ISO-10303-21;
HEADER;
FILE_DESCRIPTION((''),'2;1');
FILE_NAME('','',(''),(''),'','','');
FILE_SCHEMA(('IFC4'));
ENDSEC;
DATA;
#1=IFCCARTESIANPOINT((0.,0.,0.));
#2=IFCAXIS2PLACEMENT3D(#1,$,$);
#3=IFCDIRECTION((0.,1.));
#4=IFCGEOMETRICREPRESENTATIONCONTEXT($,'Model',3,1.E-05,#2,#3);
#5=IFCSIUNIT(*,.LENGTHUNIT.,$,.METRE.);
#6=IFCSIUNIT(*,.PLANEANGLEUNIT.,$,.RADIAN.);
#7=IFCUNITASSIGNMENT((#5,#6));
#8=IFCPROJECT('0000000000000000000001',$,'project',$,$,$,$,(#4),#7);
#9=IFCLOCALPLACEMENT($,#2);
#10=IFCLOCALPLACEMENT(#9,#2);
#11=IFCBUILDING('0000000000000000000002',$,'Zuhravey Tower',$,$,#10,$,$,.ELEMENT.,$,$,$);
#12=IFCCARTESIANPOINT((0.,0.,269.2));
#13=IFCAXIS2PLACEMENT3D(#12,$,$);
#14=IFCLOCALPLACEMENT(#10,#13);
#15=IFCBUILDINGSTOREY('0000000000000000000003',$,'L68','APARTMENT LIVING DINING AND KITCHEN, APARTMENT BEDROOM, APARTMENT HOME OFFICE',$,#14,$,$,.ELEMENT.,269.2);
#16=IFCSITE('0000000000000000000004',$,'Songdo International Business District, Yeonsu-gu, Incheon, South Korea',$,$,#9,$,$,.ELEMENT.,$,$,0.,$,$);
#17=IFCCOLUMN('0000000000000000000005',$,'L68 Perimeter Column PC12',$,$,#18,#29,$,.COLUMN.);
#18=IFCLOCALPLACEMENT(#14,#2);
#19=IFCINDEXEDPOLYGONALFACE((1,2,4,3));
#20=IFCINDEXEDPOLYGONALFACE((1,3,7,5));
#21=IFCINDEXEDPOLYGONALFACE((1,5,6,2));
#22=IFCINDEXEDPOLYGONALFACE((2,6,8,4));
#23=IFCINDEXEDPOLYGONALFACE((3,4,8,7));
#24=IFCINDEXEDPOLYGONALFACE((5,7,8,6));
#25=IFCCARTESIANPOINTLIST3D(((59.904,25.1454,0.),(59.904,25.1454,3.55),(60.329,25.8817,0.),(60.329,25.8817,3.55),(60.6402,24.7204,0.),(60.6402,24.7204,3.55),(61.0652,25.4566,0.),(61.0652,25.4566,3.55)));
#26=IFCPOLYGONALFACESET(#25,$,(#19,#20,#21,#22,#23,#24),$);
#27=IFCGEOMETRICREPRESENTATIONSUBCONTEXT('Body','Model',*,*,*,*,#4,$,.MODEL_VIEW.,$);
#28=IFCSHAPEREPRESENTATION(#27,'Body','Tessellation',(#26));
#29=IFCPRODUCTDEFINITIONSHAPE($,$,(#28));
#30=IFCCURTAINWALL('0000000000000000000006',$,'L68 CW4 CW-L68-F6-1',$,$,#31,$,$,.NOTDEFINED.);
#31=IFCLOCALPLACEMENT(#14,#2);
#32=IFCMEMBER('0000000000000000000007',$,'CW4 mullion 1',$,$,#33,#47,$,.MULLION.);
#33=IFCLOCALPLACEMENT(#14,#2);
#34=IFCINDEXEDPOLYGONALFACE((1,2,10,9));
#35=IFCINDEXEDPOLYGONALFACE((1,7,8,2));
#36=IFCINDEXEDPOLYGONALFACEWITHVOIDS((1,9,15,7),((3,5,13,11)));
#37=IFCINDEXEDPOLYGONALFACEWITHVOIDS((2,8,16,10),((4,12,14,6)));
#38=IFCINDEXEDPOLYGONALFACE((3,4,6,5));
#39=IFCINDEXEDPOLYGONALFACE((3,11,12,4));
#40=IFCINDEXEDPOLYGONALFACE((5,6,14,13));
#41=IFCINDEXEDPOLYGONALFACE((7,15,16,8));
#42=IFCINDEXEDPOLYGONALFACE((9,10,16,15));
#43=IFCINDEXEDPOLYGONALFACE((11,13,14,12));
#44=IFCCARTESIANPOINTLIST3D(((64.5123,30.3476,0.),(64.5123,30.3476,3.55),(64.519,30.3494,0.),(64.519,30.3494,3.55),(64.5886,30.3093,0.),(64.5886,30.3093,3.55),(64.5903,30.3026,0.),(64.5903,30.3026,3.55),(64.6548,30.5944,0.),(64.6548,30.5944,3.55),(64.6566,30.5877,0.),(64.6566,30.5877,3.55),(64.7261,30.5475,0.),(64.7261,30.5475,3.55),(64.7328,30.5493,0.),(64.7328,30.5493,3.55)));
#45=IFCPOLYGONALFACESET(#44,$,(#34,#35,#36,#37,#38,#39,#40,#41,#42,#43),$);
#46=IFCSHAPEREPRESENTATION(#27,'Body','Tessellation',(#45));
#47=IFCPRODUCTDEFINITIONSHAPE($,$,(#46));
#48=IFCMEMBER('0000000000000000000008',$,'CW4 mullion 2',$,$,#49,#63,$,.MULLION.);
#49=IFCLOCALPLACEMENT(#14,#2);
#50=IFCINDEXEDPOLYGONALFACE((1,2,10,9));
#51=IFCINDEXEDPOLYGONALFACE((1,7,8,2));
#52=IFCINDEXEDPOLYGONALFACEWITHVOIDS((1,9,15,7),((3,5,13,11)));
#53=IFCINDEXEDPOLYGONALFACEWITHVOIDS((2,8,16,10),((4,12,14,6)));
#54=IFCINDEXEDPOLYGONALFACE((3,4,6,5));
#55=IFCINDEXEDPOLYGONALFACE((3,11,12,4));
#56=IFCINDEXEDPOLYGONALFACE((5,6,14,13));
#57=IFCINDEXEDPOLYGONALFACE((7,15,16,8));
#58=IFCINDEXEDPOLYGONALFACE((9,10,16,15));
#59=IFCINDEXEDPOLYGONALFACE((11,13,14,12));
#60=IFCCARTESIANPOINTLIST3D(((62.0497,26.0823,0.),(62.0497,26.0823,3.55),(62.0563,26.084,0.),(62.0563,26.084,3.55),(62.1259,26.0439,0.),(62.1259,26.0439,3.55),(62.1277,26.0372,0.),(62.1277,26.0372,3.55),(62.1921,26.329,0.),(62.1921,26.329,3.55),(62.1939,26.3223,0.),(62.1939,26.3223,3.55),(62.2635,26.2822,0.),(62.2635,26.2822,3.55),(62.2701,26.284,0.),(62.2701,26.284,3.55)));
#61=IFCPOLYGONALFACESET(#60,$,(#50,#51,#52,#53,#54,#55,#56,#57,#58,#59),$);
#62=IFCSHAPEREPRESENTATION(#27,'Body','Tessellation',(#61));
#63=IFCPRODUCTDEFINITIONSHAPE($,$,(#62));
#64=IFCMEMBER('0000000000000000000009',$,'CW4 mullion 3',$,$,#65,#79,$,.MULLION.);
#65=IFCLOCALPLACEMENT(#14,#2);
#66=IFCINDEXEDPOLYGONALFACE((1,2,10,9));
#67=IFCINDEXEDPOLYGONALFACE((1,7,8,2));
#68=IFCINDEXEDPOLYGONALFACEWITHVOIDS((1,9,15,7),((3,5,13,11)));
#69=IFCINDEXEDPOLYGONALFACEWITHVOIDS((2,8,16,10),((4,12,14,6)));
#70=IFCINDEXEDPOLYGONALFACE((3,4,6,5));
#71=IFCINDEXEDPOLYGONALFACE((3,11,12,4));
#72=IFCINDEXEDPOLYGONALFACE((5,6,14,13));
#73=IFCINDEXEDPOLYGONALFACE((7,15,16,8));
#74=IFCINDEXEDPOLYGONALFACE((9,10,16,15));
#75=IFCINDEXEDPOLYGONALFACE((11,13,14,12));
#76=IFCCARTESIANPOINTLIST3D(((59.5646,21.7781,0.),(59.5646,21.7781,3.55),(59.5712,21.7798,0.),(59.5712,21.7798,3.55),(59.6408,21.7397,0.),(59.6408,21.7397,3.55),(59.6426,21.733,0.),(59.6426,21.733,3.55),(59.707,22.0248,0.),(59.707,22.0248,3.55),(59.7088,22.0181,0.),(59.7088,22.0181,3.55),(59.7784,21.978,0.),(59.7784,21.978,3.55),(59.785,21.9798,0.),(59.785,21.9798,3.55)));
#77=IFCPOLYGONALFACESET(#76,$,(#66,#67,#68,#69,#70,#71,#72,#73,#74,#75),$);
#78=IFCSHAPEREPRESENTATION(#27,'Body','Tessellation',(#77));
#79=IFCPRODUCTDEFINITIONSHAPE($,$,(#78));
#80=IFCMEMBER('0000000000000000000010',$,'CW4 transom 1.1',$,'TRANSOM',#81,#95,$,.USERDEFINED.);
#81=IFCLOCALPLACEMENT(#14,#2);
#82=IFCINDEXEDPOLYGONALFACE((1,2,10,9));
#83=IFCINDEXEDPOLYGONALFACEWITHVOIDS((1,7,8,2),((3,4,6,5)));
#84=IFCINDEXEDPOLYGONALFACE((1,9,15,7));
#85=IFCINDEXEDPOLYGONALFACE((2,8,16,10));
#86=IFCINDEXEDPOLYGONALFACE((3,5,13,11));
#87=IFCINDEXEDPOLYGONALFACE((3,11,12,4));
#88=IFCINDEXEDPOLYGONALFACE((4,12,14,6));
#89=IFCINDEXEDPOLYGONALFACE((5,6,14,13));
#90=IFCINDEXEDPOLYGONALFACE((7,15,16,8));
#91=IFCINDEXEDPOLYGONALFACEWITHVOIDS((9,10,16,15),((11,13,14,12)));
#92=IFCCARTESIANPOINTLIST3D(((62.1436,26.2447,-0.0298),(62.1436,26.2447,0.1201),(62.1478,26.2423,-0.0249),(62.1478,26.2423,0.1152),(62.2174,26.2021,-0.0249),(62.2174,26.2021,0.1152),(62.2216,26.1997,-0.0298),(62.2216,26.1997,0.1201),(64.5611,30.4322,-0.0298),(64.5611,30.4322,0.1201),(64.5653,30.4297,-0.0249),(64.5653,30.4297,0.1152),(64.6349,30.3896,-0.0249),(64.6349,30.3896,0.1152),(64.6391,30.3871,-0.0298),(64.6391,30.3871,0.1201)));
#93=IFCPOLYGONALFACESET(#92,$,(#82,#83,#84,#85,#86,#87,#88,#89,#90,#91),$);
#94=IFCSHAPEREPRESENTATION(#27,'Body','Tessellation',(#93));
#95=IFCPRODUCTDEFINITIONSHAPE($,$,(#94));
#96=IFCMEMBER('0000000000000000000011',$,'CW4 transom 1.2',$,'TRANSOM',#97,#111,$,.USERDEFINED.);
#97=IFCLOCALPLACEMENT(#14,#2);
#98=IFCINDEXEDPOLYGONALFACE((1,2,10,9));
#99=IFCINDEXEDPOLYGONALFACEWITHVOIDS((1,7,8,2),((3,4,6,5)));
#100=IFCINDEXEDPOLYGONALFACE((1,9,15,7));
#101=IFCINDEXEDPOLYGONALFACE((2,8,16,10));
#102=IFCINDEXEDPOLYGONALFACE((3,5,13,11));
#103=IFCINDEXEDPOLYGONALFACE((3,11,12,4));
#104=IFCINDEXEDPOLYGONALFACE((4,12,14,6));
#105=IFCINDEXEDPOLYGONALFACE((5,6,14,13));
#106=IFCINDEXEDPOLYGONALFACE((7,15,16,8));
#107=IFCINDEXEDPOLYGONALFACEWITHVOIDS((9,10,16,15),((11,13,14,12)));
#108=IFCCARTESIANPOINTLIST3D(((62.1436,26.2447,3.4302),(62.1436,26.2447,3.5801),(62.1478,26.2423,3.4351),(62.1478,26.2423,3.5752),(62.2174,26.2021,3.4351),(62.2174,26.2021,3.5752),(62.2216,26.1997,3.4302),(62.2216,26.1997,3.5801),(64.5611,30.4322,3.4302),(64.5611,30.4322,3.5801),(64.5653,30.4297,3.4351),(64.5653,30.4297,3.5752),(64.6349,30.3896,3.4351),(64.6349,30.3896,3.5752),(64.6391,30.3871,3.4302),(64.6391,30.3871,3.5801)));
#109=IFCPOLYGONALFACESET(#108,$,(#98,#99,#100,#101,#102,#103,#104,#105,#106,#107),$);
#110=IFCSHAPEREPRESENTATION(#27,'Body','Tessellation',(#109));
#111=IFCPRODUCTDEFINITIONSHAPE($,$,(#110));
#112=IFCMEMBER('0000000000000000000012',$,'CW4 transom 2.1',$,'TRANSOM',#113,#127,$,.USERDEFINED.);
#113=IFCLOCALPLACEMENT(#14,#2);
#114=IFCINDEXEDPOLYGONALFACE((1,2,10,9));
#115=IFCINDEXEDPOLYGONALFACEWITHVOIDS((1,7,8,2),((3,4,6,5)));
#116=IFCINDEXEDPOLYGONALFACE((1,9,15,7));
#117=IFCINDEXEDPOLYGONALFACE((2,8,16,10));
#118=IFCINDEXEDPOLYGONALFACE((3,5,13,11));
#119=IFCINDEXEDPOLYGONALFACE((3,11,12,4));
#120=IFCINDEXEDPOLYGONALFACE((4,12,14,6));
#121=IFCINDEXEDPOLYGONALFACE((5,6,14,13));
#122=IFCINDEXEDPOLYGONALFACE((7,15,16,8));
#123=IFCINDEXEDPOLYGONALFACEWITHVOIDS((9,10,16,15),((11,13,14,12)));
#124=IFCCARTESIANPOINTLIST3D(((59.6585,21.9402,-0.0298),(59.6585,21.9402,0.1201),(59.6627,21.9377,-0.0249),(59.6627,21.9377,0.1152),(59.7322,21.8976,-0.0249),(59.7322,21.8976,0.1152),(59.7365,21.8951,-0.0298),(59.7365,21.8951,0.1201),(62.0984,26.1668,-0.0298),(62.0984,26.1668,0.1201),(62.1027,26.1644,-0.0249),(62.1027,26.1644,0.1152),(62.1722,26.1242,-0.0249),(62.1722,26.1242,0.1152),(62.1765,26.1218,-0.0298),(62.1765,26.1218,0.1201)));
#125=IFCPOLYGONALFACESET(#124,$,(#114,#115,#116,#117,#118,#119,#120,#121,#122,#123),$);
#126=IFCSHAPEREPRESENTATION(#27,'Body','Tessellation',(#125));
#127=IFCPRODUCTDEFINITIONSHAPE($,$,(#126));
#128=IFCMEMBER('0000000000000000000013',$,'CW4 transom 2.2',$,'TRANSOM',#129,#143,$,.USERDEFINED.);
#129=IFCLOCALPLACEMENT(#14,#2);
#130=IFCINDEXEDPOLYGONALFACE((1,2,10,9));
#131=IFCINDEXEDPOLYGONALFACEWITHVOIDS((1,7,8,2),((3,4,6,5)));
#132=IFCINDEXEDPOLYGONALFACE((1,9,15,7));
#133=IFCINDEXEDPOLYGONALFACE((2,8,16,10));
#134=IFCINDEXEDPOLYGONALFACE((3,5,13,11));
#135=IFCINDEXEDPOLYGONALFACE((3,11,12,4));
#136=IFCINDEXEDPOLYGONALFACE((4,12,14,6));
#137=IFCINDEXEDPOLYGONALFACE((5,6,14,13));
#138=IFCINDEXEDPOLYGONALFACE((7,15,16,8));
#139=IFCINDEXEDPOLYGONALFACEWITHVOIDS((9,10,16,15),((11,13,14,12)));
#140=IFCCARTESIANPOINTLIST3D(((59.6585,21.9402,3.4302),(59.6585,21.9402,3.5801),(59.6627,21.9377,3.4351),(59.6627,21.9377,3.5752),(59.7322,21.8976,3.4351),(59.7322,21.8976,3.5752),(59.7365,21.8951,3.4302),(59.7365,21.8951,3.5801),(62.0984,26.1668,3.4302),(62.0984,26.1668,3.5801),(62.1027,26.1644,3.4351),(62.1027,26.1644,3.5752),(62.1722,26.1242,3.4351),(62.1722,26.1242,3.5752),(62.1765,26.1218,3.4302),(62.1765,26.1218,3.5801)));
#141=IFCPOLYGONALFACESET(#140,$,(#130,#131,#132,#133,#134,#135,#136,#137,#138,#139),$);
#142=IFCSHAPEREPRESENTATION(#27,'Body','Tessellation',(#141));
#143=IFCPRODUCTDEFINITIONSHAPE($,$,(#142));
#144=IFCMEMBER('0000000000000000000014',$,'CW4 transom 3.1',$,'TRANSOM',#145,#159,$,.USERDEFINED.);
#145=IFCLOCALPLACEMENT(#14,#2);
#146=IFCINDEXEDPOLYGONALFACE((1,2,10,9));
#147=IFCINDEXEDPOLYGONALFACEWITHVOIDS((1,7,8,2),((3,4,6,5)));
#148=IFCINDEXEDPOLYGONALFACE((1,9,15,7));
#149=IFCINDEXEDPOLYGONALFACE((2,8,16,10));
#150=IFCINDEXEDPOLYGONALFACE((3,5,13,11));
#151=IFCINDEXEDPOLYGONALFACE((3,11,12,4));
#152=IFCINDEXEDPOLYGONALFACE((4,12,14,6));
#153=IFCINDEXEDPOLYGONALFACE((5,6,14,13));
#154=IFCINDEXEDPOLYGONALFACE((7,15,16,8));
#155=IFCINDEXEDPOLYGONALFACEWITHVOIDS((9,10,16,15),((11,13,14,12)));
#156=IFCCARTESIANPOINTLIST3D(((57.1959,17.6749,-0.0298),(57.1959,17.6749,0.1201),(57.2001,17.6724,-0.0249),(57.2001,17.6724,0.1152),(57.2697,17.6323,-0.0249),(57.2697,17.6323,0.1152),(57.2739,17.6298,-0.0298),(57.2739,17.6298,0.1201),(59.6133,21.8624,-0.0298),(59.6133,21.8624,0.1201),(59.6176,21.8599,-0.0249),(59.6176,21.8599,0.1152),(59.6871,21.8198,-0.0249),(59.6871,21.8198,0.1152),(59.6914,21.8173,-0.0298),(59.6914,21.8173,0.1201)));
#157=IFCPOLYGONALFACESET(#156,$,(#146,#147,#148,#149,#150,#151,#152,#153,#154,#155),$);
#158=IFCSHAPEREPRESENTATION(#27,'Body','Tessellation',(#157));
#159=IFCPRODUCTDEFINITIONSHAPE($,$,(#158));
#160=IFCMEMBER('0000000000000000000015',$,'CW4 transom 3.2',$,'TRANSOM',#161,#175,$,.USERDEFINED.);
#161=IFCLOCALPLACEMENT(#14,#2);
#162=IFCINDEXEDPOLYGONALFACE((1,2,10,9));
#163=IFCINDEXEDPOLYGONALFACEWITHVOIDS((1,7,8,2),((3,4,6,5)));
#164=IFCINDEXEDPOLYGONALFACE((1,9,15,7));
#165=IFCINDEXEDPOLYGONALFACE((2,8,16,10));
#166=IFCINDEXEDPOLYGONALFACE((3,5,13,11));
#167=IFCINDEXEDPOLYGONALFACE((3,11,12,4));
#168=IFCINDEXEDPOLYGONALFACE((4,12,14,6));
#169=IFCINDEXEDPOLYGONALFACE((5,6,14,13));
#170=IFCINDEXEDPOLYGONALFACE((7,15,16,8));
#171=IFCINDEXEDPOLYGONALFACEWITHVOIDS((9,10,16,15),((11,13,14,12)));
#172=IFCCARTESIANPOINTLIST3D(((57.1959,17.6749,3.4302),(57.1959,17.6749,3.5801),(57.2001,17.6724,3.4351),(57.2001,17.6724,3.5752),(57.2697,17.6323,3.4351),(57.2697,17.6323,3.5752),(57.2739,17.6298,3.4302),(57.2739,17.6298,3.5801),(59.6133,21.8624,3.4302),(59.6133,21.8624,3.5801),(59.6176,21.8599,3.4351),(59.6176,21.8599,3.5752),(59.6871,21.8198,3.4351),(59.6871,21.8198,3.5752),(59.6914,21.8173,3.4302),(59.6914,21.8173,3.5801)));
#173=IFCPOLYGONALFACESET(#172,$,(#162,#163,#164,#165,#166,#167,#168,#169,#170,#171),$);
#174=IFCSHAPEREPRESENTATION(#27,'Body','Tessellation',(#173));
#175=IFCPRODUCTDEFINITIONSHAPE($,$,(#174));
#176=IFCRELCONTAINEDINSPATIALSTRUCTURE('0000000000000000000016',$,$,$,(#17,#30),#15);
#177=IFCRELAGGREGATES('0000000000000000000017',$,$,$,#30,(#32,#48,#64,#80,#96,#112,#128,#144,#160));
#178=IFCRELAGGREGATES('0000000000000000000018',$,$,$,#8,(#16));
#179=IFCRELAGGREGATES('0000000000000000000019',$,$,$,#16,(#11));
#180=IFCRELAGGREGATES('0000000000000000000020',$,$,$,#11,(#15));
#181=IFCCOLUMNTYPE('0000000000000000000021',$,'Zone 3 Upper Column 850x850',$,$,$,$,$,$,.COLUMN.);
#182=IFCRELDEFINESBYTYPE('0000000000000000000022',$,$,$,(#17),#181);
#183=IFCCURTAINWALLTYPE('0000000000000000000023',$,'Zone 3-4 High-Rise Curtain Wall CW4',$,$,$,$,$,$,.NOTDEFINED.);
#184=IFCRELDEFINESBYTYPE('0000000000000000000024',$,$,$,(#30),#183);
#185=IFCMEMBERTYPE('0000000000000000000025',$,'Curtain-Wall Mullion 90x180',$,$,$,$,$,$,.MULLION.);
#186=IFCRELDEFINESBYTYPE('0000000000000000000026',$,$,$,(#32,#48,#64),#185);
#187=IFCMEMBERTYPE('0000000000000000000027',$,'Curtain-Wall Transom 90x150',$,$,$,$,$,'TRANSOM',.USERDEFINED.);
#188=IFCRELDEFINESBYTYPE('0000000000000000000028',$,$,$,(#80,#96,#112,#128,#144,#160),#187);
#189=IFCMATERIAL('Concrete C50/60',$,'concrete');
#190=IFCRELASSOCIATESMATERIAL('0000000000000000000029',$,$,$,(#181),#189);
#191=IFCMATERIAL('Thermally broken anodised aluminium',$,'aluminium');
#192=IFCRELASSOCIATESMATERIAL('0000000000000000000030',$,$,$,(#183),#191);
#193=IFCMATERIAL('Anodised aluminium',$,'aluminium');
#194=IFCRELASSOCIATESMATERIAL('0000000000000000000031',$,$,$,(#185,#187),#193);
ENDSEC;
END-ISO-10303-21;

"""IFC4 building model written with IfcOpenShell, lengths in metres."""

from ifc_helpers import new_model, si_unit, direction, frame, origin, origin_2d, place, context, subcontext, project, spatial, rectangle, hollow_rectangle, extrude, material, material_profile, profile_set, type_object, element, aggregate, save


model = new_model("IFC4")

# Units and contexts
model_context = context("Model", 3, precision=1e-05, world=origin(), true_north=direction((0.0, 1.0)))
body_context = subcontext(model_context, "Body", "Model", "MODEL_VIEW")
ifc_project = project(units=[si_unit("LENGTHUNIT", "METRE"), si_unit("PLANEANGLEUNIT", "RADIAN")], contexts=[model_context])

# Site, building, storey
site_placement = place(None, origin())
site = spatial("IfcSite", under=ifc_project, at=site_placement, Name="Songdo International Business District, Yeonsu-gu, Incheon, South Korea", CompositionType="ELEMENT", RefElevation=0.0)
building_placement = place(site_placement, origin())
building = spatial("IfcBuilding", under=site, at=building_placement, Name="Zuhravey Tower", CompositionType="ELEMENT")
storey_placement = place(building_placement, frame((0.0, 0.0, 269.2)))
storey = spatial("IfcBuildingStorey", under=building, at=storey_placement, Name="L68", Description="APARTMENT LIVING DINING AND KITCHEN, APARTMENT BEDROOM, APARTMENT HOME OFFICE", CompositionType="ELEMENT", Elevation=269.2)

# Column
ifc_material_1 = material(Name="Concrete C50/60", Category="concrete")
ifc_material_profile_1 = material_profile(ifc_material_1, rectangle(XDim=0.8501, YDim=0.8501, at=origin_2d()), Name="RC-850x850")
ifc_profile_set_1 = profile_set([ifc_material_profile_1], Name="Concrete C50/60")
column_type = type_object("IfcColumnType", Name="Zone 3 Upper Column 850x850", PredefinedType="COLUMN", material=ifc_profile_set_1)
column_placement = place(storey_placement, frame((60.4846, 25.301, 0.0), z_axis=(0.0, 0.0, 1.0), x_axis=(0.5, 0.866025, 0.0)))
element("IfcColumn", 1, at=column_placement, inside=storey, type_object=column_type, Name="L68 Perimeter Column PC12", PredefinedType="COLUMN", context=body_context, shape_type="SweptSolid", body=[
    extrude(rectangle(XDim=0.8501, YDim=0.8501, at=origin_2d()), origin(), (0.0, 0.0, 1.0), 3.55),
])

# Curtain wall, members
ifc_material_2 = material(Name="Thermally broken anodised aluminium", Category="aluminium")
curtain_wall_type = type_object("IfcCurtainWallType", Name="Zone 3-4 High-Rise Curtain Wall CW4", PredefinedType="NOTDEFINED", material=ifc_material_2)
curtain_wall_placement = place(storey_placement, origin())
curtain_wall = element("IfcCurtainWall", 2, at=curtain_wall_placement, inside=storey, type_object=curtain_wall_type, Name="L68 CW4 CW-L68-F6-1", PredefinedType="NOTDEFINED")
ifc_material_3 = material(Name="Anodised aluminium", Category="aluminium")
ifc_material_profile_2 = material_profile(ifc_material_3, hollow_rectangle(XDim=0.0901, YDim=0.2849, WallThickness=0.0049, at=origin_2d()), Name="ALU-RHS-90x285x5")
ifc_profile_set_2 = profile_set([ifc_material_profile_2], Name="Anodised aluminium")
member_type_1 = type_object("IfcMemberType", Name="Curtain-Wall Mullion 90x180", PredefinedType="MULLION", material=ifc_profile_set_2)
member_1_placement = place(storey_placement, frame((64.6226, 30.4485, 0.0), z_axis=(0.0, 0.0, 1.0), x_axis=(0.866026, -0.499999, 0.0)))
member_1 = element("IfcMember", 3, at=member_1_placement, type_object=member_type_1, Name="CW4 mullion 1", PredefinedType="MULLION", context=body_context, shape_type="SweptSolid", body=[
    extrude(hollow_rectangle(XDim=0.0901, YDim=0.2849, WallThickness=0.0049, at=origin_2d()), origin(), (0.0, 0.0, 1.0), 3.55),
])
member_2_placement = place(storey_placement, frame((62.1599, 26.1831, 0.0), z_axis=(0.0, 0.0, 1.0), x_axis=(0.866026, -0.499999, 0.0)))
member_2 = element("IfcMember", 4, at=member_2_placement, type_object=member_type_1, Name="CW4 mullion 2", PredefinedType="MULLION", context=body_context, shape_type="SweptSolid", body=[
    extrude(hollow_rectangle(XDim=0.0901, YDim=0.2849, WallThickness=0.0049, at=origin_2d()), origin(), (0.0, 0.0, 1.0), 3.55),
])
member_3_placement = place(storey_placement, frame((59.6748, 21.8789, 0.0), z_axis=(0.0, 0.0, 1.0), x_axis=(0.866026, -0.499999, 0.0)))
member_3 = element("IfcMember", 5, at=member_3_placement, type_object=member_type_1, Name="CW4 mullion 3", PredefinedType="MULLION", context=body_context, shape_type="SweptSolid", body=[
    extrude(hollow_rectangle(XDim=0.0901, YDim=0.2849, WallThickness=0.0049, at=origin_2d()), origin(), (0.0, 0.0, 1.0), 3.55),
])
ifc_material_profile_3 = material_profile(ifc_material_3, hollow_rectangle(XDim=0.0901, YDim=0.1499, WallThickness=0.0049, at=origin_2d()), Name="ALU-RHS-90x150x5")
ifc_profile_set_3 = profile_set([ifc_material_profile_3], Name="Anodised aluminium")
member_type_2 = type_object("IfcMemberType", Name="Curtain-Wall Transom 90x150", ElementType="TRANSOM", PredefinedType="USERDEFINED", material=ifc_profile_set_3)
member_4_placement = place(storey_placement, frame((64.6001, 30.4097, 0.0452), z_axis=(-0.499973, -0.866041, 0.0), x_axis=(0.866041, -0.499973, 0.0)))
member_4 = element("IfcMember", 6, at=member_4_placement, type_object=member_type_2, Name="CW4 transom 1.1", ObjectType="TRANSOM", PredefinedType="USERDEFINED", context=body_context, shape_type="SweptSolid", body=[
    extrude(hollow_rectangle(XDim=0.0901, YDim=0.1499, WallThickness=0.0049, at=origin_2d()), origin(), (0.0, 0.0, 1.0), 4.8352),
])
member_5_placement = place(storey_placement, frame((64.6001, 30.4097, 3.5051), z_axis=(-0.499973, -0.866041, 0.0), x_axis=(0.866041, -0.499973, 0.0)))
member_5 = element("IfcMember", 7, at=member_5_placement, type_object=member_type_2, Name="CW4 transom 1.2", ObjectType="TRANSOM", PredefinedType="USERDEFINED", context=body_context, shape_type="SweptSolid", body=[
    extrude(hollow_rectangle(XDim=0.0901, YDim=0.1499, WallThickness=0.0049, at=origin_2d()), origin(), (0.0, 0.0, 1.0), 4.8352),
])
member_6_placement = place(storey_placement, frame((62.1375, 26.1443, 0.0452), z_axis=(-0.499959, -0.866049, 0.0), x_axis=(0.866049, -0.499959, 0.0)))
member_6 = element("IfcMember", 8, at=member_6_placement, type_object=member_type_2, Name="CW4 transom 2.1", ObjectType="TRANSOM", PredefinedType="USERDEFINED", context=body_context, shape_type="SweptSolid", body=[
    extrude(hollow_rectangle(XDim=0.0901, YDim=0.1499, WallThickness=0.0049, at=origin_2d()), origin(), (0.0, 0.0, 1.0), 4.8804),
])
member_7_placement = place(storey_placement, frame((62.1375, 26.1443, 3.5051), z_axis=(-0.499959, -0.866049, 0.0), x_axis=(0.866049, -0.499959, 0.0)))
member_7 = element("IfcMember", 9, at=member_7_placement, type_object=member_type_2, Name="CW4 transom 2.2", ObjectType="TRANSOM", PredefinedType="USERDEFINED", context=body_context, shape_type="SweptSolid", body=[
    extrude(hollow_rectangle(XDim=0.0901, YDim=0.1499, WallThickness=0.0049, at=origin_2d()), origin(), (0.0, 0.0, 1.0), 4.8804),
])
member_8_placement = place(storey_placement, frame((59.6523, 21.8398, 0.0452), z_axis=(-0.499973, -0.866041, 0.0), x_axis=(0.866041, -0.499973, 0.0)))
member_8 = element("IfcMember", 10, at=member_8_placement, type_object=member_type_2, Name="CW4 transom 3.1", ObjectType="TRANSOM", PredefinedType="USERDEFINED", context=body_context, shape_type="SweptSolid", body=[
    extrude(hollow_rectangle(XDim=0.0901, YDim=0.1499, WallThickness=0.0049, at=origin_2d()), origin(), (0.0, 0.0, 1.0), 4.8352),
])
member_9_placement = place(storey_placement, frame((59.6523, 21.8398, 3.5051), z_axis=(-0.499973, -0.866041, 0.0), x_axis=(0.866041, -0.499973, 0.0)))
member_9 = element("IfcMember", 11, at=member_9_placement, type_object=member_type_2, Name="CW4 transom 3.2", ObjectType="TRANSOM", PredefinedType="USERDEFINED", context=body_context, shape_type="SweptSolid", body=[
    extrude(hollow_rectangle(XDim=0.0901, YDim=0.1499, WallThickness=0.0049, at=origin_2d()), origin(), (0.0, 0.0, 1.0), 4.8352),
])

aggregate(curtain_wall, [member_1, member_2, member_3, member_4, member_5, member_6, member_7, member_8, member_9])

save(model, "model.ifc")
